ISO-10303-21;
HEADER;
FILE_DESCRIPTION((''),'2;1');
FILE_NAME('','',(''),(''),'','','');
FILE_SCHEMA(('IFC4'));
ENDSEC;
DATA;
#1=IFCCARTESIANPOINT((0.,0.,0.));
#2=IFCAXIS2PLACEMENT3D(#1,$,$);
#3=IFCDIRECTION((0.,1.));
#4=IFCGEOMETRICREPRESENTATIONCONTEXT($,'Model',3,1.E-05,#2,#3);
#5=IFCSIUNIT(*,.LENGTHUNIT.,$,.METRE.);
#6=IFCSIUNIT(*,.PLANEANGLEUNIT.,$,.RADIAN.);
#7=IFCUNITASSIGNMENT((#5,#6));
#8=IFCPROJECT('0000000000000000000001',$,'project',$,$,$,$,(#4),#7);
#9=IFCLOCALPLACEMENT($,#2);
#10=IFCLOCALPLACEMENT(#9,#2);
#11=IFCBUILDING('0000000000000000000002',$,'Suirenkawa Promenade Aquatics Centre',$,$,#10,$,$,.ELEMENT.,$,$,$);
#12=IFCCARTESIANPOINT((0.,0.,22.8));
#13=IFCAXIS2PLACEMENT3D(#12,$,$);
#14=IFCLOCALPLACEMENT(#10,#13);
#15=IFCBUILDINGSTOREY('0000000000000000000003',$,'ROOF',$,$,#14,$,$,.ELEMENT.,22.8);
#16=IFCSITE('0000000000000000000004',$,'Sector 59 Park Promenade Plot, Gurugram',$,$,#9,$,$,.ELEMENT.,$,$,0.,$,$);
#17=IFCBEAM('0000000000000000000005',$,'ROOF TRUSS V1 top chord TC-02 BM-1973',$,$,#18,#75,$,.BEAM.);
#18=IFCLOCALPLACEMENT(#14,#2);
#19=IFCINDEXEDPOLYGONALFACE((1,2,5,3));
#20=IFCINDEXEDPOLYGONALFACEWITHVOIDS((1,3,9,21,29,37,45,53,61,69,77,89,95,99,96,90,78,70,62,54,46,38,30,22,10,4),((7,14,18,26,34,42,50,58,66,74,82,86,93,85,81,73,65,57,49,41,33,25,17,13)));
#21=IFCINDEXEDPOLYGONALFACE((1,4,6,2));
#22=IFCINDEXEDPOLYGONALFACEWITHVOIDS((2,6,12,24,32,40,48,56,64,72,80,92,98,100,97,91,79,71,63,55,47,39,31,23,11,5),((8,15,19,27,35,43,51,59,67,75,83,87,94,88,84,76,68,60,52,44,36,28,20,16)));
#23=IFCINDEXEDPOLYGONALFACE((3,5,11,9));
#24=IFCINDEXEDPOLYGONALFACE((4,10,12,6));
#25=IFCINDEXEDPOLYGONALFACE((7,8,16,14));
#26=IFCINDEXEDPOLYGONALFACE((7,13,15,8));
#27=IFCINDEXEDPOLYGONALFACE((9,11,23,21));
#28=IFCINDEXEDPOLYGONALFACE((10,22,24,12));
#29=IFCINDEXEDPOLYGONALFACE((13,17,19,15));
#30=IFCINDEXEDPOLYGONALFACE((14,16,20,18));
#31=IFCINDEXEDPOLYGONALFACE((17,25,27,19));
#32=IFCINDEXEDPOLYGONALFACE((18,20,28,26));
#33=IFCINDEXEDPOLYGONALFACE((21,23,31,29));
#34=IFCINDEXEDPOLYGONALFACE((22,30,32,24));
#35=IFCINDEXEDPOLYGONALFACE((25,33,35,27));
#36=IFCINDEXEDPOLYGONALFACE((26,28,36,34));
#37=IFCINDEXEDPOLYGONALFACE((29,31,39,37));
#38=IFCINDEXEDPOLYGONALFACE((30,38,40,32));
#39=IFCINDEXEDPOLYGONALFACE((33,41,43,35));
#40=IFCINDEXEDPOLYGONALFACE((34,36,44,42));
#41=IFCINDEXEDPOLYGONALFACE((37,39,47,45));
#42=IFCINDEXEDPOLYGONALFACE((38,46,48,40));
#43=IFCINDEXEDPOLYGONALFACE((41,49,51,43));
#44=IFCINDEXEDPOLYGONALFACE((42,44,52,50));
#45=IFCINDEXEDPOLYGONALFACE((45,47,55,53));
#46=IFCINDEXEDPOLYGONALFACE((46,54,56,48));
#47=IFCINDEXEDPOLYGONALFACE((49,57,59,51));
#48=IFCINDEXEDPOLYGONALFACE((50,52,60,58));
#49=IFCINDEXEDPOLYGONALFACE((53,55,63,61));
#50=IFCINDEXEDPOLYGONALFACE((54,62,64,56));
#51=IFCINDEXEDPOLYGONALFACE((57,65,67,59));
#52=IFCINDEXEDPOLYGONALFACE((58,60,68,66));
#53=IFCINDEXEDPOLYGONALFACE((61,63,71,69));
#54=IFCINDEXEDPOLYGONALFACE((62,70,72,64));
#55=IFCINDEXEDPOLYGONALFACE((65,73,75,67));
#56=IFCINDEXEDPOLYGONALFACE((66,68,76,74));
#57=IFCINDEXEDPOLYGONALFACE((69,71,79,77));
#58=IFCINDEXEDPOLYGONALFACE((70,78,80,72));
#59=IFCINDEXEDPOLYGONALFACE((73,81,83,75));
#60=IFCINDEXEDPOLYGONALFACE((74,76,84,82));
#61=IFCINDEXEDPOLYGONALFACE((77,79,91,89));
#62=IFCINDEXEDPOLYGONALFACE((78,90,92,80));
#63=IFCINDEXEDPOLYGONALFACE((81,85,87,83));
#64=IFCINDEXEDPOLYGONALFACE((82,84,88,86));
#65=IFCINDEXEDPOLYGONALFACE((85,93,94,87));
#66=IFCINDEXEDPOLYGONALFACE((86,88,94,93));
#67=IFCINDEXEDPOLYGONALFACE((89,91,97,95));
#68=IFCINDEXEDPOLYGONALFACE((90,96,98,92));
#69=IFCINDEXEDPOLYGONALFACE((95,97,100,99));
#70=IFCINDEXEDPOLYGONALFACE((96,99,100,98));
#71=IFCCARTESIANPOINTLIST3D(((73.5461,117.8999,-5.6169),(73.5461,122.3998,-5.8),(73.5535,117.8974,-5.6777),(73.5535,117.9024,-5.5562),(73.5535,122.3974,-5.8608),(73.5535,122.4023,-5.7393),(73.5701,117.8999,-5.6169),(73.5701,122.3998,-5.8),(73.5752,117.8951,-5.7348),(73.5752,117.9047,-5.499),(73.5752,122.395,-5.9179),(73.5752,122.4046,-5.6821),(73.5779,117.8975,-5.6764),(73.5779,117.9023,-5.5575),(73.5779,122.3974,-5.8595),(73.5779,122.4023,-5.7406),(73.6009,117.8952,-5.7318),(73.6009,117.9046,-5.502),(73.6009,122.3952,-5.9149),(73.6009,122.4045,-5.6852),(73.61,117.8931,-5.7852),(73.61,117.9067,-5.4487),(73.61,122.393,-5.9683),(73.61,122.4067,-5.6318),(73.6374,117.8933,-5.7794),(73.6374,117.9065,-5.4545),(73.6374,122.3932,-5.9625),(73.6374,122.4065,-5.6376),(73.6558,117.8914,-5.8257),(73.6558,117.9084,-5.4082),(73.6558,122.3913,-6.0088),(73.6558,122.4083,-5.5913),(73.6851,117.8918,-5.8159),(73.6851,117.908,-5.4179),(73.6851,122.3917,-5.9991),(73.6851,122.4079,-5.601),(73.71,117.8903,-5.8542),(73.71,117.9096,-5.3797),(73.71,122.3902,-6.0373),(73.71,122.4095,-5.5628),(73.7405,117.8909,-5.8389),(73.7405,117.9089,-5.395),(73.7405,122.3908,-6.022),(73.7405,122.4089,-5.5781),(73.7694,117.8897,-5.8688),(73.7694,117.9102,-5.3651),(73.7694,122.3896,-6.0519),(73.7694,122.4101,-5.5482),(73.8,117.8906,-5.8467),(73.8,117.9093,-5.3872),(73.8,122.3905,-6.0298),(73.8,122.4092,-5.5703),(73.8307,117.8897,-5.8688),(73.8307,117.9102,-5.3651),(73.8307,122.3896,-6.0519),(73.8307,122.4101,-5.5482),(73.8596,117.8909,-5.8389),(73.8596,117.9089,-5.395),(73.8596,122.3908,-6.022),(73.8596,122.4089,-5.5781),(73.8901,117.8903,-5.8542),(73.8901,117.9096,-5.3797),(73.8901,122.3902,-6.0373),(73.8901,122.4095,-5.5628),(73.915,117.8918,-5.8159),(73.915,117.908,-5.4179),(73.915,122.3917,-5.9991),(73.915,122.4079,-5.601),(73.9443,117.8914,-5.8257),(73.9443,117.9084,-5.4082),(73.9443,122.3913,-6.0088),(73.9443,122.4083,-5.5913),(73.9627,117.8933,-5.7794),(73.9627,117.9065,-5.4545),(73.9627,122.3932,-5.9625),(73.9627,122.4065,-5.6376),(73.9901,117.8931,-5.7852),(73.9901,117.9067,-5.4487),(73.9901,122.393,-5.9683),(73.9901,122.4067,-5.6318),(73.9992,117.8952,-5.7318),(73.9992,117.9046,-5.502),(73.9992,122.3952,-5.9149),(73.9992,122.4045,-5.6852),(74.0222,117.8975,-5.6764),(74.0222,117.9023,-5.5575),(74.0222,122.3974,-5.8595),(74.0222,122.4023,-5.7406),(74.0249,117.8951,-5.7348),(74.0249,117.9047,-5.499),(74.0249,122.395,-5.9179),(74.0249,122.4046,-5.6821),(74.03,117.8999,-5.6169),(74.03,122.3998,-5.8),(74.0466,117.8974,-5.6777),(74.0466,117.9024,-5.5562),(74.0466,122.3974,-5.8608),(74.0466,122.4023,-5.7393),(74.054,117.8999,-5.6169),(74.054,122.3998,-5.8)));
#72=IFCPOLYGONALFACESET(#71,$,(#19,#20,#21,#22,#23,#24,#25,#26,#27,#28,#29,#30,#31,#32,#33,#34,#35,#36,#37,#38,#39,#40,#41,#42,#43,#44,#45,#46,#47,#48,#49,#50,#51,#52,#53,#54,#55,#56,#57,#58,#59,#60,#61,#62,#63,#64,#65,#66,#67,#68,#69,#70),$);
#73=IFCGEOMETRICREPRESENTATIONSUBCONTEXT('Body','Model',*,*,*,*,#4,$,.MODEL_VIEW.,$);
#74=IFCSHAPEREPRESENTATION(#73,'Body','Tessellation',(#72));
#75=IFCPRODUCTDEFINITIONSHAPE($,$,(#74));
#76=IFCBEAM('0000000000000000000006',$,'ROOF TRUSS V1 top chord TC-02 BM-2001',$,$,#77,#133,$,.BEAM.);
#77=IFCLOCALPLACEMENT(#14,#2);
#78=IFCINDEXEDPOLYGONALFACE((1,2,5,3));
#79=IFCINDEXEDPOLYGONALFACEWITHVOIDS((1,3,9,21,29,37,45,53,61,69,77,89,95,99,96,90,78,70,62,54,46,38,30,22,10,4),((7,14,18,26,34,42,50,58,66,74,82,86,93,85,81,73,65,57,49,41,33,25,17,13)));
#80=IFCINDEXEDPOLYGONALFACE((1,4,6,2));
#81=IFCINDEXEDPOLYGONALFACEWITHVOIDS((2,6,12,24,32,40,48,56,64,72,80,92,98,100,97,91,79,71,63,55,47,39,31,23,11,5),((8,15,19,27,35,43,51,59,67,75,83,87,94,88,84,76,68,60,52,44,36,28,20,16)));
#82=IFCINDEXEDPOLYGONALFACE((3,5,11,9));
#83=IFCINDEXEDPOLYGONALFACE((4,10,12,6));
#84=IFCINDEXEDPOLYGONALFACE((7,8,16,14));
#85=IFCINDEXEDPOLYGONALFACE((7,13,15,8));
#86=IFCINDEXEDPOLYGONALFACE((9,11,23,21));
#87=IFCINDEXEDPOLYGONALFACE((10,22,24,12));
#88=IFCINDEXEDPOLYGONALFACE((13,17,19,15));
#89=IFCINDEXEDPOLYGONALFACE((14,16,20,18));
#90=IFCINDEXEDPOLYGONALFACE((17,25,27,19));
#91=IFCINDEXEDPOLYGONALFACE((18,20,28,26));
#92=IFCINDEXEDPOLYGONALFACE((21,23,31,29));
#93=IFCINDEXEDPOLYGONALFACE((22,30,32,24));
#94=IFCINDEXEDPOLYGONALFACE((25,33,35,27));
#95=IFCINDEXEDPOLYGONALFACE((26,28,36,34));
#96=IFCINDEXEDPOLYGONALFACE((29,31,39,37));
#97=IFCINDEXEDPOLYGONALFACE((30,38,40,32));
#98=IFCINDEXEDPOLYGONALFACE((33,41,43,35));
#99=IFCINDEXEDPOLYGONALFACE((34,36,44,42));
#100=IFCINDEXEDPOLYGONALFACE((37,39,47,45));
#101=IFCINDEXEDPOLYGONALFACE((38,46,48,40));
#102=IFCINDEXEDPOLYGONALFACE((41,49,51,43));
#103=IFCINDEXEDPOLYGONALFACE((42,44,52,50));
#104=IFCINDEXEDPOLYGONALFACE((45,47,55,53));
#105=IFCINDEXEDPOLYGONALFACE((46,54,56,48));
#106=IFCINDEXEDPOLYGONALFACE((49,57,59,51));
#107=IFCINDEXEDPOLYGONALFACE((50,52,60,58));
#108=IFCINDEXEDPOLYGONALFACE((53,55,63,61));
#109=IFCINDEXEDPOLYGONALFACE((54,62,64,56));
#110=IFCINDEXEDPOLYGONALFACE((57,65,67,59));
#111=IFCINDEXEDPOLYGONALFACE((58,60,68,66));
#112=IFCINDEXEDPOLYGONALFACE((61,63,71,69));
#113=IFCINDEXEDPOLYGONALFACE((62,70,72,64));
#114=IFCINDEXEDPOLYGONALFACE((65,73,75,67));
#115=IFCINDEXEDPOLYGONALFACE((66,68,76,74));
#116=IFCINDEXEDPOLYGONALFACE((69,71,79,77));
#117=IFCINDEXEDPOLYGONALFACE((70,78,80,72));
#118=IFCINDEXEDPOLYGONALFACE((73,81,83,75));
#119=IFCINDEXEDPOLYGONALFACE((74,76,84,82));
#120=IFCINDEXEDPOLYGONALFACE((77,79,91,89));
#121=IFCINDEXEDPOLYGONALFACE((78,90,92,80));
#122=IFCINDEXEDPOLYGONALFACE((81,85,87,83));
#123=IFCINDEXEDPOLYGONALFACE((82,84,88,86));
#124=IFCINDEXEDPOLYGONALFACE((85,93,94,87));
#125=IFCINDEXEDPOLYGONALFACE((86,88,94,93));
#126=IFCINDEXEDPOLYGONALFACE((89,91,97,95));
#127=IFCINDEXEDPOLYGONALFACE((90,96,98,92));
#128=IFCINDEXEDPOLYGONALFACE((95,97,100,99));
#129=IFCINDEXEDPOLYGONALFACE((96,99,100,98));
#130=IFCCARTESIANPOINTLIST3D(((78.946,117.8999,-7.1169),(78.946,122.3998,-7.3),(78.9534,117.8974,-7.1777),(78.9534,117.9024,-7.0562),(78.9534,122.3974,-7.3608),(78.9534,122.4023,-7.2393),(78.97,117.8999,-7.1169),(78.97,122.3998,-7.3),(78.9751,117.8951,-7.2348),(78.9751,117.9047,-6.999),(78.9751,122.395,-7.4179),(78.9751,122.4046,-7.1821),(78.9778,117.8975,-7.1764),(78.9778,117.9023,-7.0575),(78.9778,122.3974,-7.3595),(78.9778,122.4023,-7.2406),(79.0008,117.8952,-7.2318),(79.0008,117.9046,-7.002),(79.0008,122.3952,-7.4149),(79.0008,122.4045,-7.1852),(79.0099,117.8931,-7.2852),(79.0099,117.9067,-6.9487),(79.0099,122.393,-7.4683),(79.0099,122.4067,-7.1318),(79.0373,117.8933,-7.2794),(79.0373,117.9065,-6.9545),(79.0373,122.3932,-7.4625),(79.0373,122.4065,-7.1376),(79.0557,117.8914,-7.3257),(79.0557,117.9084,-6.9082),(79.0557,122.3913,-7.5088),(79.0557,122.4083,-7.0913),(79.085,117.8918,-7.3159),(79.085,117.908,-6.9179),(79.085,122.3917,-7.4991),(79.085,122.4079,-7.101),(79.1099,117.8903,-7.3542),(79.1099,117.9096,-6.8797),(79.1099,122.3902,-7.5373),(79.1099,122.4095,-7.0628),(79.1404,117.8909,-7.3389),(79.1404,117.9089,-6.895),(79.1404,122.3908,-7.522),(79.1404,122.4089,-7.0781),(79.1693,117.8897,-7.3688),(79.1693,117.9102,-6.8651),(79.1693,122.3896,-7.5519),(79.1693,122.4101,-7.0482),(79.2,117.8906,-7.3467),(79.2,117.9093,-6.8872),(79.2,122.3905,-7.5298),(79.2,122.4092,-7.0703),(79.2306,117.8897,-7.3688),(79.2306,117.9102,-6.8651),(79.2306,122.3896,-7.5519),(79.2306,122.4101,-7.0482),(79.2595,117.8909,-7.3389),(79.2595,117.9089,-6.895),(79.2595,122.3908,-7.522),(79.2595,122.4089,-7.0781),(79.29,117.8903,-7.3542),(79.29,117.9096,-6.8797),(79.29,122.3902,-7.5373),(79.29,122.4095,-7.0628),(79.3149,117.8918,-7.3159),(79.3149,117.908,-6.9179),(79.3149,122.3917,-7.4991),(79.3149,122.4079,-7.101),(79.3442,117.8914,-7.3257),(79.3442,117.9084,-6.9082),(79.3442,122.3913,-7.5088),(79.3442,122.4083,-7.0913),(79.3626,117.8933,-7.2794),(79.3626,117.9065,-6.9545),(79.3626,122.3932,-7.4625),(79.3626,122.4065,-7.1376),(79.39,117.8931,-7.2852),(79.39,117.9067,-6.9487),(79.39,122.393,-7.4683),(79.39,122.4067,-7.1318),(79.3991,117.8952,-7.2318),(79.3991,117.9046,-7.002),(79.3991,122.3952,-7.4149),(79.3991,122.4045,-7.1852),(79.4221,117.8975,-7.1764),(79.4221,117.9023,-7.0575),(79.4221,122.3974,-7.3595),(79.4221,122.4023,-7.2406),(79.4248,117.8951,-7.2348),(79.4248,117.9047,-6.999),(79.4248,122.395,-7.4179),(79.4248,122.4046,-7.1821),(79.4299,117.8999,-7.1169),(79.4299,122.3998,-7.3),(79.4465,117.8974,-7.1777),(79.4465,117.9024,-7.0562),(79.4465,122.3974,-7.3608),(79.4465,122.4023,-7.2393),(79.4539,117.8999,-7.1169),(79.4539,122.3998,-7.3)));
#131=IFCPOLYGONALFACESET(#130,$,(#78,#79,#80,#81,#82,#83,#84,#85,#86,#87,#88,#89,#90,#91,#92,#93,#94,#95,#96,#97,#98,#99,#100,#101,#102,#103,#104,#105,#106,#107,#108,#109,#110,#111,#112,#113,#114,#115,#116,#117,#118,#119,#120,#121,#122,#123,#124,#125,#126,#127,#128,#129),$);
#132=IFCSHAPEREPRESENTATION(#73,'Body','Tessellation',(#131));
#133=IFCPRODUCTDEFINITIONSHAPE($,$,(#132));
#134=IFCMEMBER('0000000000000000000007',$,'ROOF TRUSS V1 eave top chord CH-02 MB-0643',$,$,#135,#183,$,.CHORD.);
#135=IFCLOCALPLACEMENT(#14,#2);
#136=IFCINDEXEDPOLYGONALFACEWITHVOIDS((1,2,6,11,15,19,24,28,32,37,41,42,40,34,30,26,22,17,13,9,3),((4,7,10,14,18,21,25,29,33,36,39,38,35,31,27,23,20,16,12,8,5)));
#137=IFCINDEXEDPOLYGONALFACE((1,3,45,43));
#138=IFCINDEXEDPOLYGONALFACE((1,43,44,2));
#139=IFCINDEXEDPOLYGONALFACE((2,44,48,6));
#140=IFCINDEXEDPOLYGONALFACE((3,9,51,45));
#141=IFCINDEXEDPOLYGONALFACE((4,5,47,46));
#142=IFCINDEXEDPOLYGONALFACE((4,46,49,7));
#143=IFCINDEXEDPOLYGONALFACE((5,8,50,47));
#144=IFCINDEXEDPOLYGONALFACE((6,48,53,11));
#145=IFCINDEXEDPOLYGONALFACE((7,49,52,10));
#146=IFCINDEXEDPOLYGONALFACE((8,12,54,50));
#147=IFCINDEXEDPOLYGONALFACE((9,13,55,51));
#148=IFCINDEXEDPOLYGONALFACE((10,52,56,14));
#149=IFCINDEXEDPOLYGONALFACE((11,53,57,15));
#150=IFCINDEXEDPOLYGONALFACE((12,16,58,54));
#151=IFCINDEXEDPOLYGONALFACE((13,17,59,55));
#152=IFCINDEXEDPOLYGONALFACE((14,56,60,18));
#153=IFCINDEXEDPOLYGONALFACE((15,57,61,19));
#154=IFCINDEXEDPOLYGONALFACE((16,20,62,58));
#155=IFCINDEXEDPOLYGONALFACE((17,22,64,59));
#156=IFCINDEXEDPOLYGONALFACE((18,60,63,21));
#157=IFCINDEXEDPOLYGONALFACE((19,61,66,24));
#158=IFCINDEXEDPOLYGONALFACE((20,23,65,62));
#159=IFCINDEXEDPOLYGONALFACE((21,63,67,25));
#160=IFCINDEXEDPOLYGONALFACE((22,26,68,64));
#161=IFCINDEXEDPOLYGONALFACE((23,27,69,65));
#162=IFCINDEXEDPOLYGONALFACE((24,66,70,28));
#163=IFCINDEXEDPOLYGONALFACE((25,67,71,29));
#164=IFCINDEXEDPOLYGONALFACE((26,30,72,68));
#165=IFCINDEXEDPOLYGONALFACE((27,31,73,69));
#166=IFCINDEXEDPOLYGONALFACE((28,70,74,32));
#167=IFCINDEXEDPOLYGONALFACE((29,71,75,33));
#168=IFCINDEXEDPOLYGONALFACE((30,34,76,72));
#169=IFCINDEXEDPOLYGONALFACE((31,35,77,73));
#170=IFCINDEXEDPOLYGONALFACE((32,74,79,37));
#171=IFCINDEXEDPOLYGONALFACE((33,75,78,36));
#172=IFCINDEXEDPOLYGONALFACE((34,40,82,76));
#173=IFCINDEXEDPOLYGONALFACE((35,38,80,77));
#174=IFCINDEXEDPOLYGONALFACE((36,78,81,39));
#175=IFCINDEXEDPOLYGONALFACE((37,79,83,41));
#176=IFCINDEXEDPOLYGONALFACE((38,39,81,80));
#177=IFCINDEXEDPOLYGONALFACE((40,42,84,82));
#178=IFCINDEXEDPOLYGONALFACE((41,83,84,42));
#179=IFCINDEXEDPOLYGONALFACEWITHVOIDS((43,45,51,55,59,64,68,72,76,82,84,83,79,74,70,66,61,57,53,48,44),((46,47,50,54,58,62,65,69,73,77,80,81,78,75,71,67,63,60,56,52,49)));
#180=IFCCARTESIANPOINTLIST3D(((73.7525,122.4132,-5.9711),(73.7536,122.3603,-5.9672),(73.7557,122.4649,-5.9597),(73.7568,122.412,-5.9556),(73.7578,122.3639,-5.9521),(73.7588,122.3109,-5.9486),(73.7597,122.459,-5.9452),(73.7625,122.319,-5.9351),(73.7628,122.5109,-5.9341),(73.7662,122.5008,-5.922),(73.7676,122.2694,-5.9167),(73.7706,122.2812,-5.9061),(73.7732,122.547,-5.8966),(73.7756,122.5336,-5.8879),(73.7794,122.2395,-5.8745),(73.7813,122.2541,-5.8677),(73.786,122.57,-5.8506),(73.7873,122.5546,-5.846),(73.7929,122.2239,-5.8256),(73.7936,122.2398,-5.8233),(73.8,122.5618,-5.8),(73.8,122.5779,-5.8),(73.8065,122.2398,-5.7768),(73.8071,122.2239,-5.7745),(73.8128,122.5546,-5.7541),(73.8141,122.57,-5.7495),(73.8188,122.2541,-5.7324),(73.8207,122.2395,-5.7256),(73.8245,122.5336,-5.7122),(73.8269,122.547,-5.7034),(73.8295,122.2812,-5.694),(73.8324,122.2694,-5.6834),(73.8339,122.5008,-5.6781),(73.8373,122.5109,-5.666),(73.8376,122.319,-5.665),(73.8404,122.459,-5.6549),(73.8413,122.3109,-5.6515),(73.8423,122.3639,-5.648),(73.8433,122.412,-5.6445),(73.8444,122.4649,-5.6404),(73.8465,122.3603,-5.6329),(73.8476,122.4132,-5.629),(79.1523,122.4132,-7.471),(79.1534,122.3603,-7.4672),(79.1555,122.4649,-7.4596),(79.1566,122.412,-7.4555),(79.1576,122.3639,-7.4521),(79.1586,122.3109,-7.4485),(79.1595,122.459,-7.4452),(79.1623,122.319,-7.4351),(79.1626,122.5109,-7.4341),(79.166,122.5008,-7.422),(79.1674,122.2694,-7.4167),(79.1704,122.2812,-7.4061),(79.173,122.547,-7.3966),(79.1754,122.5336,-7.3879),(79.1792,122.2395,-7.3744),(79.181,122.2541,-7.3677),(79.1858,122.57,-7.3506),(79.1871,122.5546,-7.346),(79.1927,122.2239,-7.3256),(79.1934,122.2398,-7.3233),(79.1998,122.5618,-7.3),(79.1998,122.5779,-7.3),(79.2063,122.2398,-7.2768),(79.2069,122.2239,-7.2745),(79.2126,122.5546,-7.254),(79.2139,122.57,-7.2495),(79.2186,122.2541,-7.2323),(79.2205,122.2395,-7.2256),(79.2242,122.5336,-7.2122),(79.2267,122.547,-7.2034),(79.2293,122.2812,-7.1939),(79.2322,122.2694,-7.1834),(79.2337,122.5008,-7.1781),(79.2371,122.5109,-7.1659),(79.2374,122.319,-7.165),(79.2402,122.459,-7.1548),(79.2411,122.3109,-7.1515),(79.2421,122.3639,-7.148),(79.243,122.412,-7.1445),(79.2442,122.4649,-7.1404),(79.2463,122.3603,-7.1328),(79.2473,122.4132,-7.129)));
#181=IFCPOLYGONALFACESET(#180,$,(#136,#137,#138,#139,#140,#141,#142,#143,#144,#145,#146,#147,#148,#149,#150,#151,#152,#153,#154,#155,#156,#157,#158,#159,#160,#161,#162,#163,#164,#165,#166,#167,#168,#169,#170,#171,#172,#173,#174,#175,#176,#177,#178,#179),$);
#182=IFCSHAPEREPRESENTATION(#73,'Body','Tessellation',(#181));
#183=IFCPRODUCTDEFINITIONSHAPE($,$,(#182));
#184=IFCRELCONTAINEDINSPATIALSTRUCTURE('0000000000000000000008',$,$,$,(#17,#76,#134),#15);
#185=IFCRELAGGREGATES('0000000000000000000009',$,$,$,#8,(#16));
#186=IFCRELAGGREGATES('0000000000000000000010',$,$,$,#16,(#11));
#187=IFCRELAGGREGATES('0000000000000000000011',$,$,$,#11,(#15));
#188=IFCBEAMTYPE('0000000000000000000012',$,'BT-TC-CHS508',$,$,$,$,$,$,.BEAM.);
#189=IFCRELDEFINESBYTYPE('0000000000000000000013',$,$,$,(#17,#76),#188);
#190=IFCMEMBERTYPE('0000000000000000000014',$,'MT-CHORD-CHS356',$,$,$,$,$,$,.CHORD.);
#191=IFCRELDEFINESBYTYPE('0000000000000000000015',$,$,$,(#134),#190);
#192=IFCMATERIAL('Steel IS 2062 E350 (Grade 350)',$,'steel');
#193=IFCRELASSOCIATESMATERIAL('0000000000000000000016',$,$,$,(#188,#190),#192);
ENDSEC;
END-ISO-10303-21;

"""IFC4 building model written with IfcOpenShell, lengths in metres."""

from ifc_helpers import new_model, si_unit, direction, frame, origin, origin_2d, place, context, subcontext, project, spatial, hollow_circle, extrude, material, material_profile, profile_set, type_object, element, save


model = new_model("IFC4")

# Units and contexts
model_context = context("Model", 3, precision=1e-05, world=origin(), true_north=direction((0.0, 1.0)))
body_context = subcontext(model_context, "Body", "Model", "MODEL_VIEW")
ifc_project = project(units=[si_unit("LENGTHUNIT", "METRE"), si_unit("PLANEANGLEUNIT", "RADIAN")], contexts=[model_context])

# Site, building, storey
site_placement = place(None, origin())
site = spatial("IfcSite", under=ifc_project, at=site_placement, Name="Sector 59 Park Promenade Plot, Gurugram", CompositionType="ELEMENT", RefElevation=0.0)
building_placement = place(site_placement, origin())
building = spatial("IfcBuilding", under=site, at=building_placement, Name="Suirenkawa Promenade Aquatics Centre", CompositionType="ELEMENT")
storey_placement = place(building_placement, frame((0.0, 0.0, 22.8)))
storey = spatial("IfcBuildingStorey", under=building, at=storey_placement, Name="ROOF", CompositionType="ELEMENT", Elevation=22.8)

# Beams
ifc_material = material(Name="Steel IS 2062 E350 (Grade 350)", Category="steel")
ifc_material_profile_1 = material_profile(ifc_material, hollow_circle(Radius=0.2539, WallThickness=0.0239, at=origin_2d()), Name="CHS 508x24", Category="steel")
ifc_profile_set_1 = profile_set([ifc_material_profile_1], Name="Steel IS 2062 E350 (Grade 350)")
beam_type_1 = type_object("IfcBeamType", Name="BT-TC-CHS508", PredefinedType="BEAM", material=ifc_profile_set_1)
for number, where, z_axis, x_axis, name in (
    (1, (73.8, 117.8999, -5.6169), (0.0, 0.999173, -0.040656), (-1.0, 0.0, 0.0), "ROOF TRUSS V1 top chord TC-02 BM-1973"),
    (2, (79.2, 117.8999, -7.1169), (0.0, 0.999173, -0.040656), (-1.0, 0.0, 0.0), "ROOF TRUSS V1 top chord TC-02 BM-2001"),
):
    element("IfcBeam", number, at=place(storey_placement, frame(where, z_axis=z_axis, x_axis=x_axis)), inside=storey, type_object=beam_type_1, Name=name, PredefinedType="BEAM", context=body_context, shape_type="SweptSolid", body=[
        extrude(hollow_circle(Radius=0.2539, WallThickness=0.0239, at=origin_2d()), origin(), (0.0, 0.0, 1.0), 4.5037),
    ])

# Member
ifc_material_profile_2 = material_profile(ifc_material, hollow_circle(Radius=0.178, WallThickness=0.0161, at=origin_2d()), Name="CHS 356x16", Category="steel")
ifc_profile_set_2 = profile_set([ifc_material_profile_2], Name="Steel IS 2062 E350 (Grade 350)")
member_type_1 = type_object("IfcMemberType", Name="MT-CHORD-CHS356", PredefinedType="CHORD", material=ifc_profile_set_2)
member_1_placement = place(storey_placement, frame((73.8, 122.3999, -5.8), z_axis=(0.963517, 0.0, -0.267648), x_axis=(0.0, 1.0, 0.0)))
element("IfcMember", 3, at=member_1_placement, inside=storey, type_object=member_type_1, Name="ROOF TRUSS V1 eave top chord CH-02 MB-0643", PredefinedType="CHORD", context=body_context, shape_type="SweptSolid", body=[
    extrude(hollow_circle(Radius=0.178, WallThickness=0.0161, at=origin_2d()), origin(), (0.0, 0.0, 1.0), 5.6042),
])

save(model, "model.ifc")
